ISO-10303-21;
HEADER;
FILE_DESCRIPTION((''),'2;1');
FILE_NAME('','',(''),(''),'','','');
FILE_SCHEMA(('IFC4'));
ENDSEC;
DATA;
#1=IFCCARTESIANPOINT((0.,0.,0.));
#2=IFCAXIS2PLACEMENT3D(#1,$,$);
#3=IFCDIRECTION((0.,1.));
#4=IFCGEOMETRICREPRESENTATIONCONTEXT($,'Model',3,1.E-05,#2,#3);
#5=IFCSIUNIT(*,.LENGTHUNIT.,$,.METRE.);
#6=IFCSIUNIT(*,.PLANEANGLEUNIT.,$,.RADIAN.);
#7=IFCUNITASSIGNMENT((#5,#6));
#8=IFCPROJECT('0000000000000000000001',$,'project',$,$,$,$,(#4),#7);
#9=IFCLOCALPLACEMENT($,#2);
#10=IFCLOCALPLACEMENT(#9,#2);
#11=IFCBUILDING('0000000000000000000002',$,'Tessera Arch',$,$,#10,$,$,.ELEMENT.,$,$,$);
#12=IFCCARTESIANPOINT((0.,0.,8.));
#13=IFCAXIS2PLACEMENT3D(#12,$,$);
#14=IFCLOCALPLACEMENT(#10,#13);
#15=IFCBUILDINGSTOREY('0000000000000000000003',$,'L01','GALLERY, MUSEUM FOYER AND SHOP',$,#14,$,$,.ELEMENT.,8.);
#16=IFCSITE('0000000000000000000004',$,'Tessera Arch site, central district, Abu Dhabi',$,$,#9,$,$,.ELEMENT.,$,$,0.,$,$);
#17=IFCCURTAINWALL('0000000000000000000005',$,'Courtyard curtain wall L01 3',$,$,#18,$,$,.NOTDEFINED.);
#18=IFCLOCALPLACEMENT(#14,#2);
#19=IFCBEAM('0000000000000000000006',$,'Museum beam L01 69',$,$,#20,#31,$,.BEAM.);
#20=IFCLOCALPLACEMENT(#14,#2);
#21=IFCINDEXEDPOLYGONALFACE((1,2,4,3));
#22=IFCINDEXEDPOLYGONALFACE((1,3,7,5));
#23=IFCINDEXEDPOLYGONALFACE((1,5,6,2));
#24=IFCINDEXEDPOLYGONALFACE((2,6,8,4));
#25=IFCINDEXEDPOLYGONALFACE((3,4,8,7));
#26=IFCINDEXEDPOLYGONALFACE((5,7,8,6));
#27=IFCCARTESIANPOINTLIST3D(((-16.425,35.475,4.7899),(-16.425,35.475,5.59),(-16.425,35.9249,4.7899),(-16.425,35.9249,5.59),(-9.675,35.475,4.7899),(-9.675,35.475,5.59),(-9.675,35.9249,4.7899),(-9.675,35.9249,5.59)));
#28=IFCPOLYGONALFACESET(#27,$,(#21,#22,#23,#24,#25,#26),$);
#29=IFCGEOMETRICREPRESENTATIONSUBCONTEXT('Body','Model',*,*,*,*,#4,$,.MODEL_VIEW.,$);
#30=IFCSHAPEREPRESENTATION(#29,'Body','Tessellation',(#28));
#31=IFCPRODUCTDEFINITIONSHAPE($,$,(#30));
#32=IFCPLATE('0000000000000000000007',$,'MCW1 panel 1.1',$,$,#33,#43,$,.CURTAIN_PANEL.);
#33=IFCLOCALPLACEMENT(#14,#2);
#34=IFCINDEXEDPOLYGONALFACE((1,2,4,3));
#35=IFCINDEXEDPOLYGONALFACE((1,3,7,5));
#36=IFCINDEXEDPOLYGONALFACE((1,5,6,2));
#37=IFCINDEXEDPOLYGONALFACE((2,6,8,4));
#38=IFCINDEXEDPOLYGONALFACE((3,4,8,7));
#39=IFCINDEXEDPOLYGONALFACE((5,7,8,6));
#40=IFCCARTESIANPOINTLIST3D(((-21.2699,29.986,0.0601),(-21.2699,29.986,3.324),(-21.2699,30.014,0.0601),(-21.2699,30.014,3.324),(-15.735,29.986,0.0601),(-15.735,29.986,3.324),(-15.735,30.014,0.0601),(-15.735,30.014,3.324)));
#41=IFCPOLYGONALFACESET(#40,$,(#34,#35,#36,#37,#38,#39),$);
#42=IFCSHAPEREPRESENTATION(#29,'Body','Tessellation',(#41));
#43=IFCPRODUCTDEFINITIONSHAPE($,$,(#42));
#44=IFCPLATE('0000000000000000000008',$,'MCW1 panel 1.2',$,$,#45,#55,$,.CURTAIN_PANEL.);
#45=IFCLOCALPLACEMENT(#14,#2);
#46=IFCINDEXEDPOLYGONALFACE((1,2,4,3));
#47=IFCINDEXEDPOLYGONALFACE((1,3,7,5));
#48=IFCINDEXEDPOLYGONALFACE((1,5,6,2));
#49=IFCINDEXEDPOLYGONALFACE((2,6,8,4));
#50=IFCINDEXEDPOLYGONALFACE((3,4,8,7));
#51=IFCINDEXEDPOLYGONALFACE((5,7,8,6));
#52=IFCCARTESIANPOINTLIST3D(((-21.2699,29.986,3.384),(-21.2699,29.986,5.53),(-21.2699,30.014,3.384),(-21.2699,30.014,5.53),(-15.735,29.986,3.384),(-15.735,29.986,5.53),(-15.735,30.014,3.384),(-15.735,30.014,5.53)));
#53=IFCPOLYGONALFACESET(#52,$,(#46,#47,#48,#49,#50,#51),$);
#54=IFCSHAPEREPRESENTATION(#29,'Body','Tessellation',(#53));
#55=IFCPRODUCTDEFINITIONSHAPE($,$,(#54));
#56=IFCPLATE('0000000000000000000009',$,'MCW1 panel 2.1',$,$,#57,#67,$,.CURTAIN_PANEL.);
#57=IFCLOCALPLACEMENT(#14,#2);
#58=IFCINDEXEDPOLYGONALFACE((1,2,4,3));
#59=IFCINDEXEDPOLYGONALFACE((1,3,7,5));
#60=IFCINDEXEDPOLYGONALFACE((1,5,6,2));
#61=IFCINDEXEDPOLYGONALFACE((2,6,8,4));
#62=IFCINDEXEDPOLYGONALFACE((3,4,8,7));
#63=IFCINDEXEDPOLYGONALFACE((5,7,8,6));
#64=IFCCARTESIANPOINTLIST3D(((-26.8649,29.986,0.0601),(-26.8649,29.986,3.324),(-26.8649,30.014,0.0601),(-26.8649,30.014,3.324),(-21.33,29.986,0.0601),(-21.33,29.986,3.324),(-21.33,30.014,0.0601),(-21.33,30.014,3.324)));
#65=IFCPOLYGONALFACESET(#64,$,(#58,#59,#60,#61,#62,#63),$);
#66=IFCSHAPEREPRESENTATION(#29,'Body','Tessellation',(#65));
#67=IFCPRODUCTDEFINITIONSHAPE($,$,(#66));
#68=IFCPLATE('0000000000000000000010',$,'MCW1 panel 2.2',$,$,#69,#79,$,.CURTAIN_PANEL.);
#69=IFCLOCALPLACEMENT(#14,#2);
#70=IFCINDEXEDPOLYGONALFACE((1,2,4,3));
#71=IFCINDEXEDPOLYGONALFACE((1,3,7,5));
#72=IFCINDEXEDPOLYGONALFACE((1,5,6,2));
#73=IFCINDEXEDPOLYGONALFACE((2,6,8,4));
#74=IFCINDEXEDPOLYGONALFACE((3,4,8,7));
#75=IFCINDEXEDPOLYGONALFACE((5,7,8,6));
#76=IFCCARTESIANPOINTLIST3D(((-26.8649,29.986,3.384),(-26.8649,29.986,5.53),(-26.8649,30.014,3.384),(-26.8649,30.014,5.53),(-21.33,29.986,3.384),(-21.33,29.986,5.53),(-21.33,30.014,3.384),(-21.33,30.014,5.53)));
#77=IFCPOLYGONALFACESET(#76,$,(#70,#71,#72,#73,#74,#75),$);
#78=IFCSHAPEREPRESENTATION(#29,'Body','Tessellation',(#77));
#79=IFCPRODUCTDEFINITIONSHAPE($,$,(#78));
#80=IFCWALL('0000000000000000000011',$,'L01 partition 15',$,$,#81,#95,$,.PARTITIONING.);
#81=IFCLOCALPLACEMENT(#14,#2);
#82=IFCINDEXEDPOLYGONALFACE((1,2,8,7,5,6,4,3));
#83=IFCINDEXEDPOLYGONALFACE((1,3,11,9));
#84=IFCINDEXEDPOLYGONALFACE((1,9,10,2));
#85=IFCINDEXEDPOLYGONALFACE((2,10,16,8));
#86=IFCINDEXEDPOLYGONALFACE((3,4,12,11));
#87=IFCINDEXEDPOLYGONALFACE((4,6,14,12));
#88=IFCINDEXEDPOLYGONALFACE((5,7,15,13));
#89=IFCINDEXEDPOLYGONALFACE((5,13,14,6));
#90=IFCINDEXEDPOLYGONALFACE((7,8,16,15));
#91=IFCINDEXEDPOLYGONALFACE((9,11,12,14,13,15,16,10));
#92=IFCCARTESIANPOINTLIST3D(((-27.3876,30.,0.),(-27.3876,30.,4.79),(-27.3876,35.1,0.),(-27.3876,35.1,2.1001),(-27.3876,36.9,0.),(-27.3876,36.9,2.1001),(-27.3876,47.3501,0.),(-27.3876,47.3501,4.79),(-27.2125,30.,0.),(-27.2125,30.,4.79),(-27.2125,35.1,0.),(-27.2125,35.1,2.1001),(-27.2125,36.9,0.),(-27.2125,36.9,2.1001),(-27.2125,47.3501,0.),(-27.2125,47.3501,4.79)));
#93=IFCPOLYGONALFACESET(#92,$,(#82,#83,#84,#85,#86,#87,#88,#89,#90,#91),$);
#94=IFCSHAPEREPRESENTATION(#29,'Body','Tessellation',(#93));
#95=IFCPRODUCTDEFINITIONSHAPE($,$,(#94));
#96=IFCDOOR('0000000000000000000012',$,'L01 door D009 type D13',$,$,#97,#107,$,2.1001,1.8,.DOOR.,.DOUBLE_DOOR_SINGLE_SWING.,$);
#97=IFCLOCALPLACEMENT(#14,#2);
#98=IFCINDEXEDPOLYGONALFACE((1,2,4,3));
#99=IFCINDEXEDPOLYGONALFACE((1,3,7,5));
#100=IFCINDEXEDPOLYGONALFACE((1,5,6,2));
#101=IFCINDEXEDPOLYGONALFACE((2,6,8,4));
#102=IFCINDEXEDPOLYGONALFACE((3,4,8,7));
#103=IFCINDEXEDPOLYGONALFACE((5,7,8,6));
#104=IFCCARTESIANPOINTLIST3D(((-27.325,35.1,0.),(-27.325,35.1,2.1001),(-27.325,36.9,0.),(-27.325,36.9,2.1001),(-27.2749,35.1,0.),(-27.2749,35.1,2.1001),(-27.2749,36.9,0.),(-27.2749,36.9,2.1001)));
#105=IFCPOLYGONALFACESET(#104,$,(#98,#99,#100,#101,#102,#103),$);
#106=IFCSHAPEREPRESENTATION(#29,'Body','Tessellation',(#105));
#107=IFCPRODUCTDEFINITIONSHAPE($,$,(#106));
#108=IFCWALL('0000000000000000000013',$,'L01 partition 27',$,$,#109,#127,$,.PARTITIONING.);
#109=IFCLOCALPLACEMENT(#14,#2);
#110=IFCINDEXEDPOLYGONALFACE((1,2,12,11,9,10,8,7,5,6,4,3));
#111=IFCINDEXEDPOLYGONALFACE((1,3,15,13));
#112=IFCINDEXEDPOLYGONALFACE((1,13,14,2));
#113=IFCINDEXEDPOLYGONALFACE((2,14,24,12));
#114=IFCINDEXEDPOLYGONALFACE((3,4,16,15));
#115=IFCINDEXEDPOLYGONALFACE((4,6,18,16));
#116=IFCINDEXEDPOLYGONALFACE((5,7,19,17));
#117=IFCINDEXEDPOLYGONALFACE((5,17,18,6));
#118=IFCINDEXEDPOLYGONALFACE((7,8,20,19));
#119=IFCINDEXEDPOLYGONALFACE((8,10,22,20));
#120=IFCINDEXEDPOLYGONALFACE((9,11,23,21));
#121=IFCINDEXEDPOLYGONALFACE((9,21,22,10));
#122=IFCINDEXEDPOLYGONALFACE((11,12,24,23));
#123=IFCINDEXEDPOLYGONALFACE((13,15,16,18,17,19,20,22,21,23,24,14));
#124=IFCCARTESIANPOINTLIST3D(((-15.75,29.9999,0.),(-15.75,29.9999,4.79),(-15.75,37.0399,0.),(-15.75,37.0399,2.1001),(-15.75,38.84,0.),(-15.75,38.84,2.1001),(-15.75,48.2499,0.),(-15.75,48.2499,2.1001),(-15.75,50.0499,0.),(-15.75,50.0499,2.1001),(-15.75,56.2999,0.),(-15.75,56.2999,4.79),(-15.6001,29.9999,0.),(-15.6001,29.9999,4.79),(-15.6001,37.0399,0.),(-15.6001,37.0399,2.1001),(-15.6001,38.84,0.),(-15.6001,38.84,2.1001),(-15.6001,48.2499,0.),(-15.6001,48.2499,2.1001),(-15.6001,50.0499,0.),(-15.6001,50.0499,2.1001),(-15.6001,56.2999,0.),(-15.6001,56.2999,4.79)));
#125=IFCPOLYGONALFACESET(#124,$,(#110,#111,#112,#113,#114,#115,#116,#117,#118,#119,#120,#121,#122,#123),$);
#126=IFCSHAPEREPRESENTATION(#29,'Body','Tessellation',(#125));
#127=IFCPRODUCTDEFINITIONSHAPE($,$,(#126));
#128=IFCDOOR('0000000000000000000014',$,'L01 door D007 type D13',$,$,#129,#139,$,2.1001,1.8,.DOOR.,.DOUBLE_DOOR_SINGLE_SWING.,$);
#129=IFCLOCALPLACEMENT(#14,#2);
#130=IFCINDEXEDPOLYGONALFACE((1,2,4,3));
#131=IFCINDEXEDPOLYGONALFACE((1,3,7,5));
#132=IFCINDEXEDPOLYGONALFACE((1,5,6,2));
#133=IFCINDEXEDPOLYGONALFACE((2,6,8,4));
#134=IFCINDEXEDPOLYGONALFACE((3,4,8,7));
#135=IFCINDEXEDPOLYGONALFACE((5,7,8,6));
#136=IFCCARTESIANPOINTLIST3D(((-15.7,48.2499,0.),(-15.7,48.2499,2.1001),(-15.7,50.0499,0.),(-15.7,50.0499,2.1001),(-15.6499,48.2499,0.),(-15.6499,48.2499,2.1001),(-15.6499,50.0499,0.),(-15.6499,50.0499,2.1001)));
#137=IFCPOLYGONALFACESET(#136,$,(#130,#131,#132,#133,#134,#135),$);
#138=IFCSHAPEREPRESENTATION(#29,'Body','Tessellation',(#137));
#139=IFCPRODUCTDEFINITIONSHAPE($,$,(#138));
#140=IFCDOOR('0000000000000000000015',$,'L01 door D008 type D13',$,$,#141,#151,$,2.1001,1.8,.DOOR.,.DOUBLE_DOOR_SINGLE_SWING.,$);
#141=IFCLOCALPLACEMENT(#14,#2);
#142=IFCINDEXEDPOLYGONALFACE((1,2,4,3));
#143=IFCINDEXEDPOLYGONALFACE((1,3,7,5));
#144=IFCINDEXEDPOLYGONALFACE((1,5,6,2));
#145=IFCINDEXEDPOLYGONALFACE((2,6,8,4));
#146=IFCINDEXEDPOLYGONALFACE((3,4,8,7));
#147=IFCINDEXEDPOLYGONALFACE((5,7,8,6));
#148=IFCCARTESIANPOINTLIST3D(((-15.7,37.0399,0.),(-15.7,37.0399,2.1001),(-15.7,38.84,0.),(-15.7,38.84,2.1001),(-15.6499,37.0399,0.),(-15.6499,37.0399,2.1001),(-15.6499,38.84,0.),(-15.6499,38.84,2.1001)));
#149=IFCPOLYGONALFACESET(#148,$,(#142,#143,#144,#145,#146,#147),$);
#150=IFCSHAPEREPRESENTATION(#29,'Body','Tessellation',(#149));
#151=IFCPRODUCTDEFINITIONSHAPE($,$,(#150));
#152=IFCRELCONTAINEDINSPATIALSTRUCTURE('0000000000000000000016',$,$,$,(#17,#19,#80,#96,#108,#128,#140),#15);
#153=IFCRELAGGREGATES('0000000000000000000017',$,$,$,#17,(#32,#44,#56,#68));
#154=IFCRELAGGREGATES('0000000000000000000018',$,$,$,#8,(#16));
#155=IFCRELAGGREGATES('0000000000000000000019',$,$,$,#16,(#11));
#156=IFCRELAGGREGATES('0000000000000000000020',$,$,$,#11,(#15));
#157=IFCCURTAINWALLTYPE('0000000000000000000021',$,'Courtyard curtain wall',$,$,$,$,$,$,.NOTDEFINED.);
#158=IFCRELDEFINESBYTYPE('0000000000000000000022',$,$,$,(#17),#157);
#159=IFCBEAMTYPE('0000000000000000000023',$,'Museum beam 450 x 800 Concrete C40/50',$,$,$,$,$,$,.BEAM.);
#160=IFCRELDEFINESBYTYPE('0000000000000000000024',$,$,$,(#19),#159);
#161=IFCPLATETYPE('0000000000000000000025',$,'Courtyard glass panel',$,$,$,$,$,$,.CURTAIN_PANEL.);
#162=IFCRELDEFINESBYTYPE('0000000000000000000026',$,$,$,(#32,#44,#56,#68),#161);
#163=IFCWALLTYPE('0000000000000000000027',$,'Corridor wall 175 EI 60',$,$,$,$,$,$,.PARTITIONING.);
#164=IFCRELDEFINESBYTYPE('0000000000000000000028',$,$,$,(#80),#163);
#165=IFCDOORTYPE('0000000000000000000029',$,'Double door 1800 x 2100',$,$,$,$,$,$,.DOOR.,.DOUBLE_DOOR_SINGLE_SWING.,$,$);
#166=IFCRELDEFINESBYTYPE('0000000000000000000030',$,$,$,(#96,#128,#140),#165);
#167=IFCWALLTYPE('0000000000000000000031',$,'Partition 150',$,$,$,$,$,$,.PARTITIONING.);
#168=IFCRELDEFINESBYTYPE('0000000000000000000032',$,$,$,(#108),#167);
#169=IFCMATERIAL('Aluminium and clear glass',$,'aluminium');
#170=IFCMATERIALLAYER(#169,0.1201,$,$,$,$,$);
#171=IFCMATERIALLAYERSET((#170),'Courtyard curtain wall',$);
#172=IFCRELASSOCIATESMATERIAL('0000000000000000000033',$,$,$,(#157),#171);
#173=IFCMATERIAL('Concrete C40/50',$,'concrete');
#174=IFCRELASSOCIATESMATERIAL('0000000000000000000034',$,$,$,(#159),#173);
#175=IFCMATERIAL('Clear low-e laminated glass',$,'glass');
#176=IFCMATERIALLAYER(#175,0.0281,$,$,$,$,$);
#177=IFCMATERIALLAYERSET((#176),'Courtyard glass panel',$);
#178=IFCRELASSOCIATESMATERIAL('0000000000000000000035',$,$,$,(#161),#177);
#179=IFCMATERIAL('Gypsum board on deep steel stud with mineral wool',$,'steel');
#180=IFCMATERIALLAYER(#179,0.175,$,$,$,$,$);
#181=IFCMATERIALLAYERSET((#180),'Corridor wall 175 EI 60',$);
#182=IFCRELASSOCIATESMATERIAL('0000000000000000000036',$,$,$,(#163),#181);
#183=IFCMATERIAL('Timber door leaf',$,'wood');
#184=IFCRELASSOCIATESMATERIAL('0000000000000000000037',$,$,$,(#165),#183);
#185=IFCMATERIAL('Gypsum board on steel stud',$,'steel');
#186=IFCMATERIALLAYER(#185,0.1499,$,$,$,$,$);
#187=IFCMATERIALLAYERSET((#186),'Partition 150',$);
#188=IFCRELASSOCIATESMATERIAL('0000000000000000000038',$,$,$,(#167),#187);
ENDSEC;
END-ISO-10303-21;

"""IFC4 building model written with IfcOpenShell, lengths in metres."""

from ifc_helpers import new_model, si_unit, direction, frame, frame_2d, origin, origin_2d, place, context, subcontext, project, spatial, rectangle, extrude, material, layer, layer_set, material_profile, profile_set, type_object, element, fill, aggregate, save


model = new_model("IFC4")

# Units and contexts
model_context = context("Model", 3, precision=1e-05, world=origin(), true_north=direction((0.0, 1.0)))
body_context = subcontext(model_context, "Body", "Model", "MODEL_VIEW")
ifc_project = project(units=[si_unit("LENGTHUNIT", "METRE"), si_unit("PLANEANGLEUNIT", "RADIAN")], contexts=[model_context])

# Site, building, storey
site_placement = place(None, origin())
site = spatial("IfcSite", under=ifc_project, at=site_placement, Name="Tessera Arch site, central district, Abu Dhabi", CompositionType="ELEMENT", RefElevation=0.0)
building_placement = place(site_placement, origin())
building = spatial("IfcBuilding", under=site, at=building_placement, Name="Tessera Arch", CompositionType="ELEMENT")
storey_placement = place(building_placement, frame((0.0, 0.0, 8.0)))
storey = spatial("IfcBuildingStorey", under=building, at=storey_placement, Name="L01", Description="GALLERY, MUSEUM FOYER AND SHOP", CompositionType="ELEMENT", Elevation=8.0)

# Curtain wall
ifc_material_1 = material(Name="Aluminium and clear glass", Category="aluminium")
ifc_layer_1 = layer(ifc_material_1, 0.1201)
ifc_layer_set_1 = layer_set([ifc_layer_1], Name="Courtyard curtain wall")
curtain_wall_type = type_object("IfcCurtainWallType", Name="Courtyard curtain wall", PredefinedType="NOTDEFINED", material=ifc_layer_set_1)
curtain_wall_placement = place(storey_placement, origin())
curtain_wall = element("IfcCurtainWall", 1, at=curtain_wall_placement, inside=storey, type_object=curtain_wall_type, Name="Courtyard curtain wall L01 3", PredefinedType="NOTDEFINED")

# Beam
ifc_material_2 = material(Name="Concrete C40/50", Category="concrete")
ifc_material_profile_1 = material_profile(ifc_material_2, rectangle(XDim=0.45, YDim=0.8, at=origin_2d()), Name="Museum beam 450 x 800 Concrete C40/50")
ifc_profile_set_1 = profile_set([ifc_material_profile_1], Name="Concrete C40/50")
beam_type = type_object("IfcBeamType", Name="Museum beam 450 x 800 Concrete C40/50", PredefinedType="BEAM", material=ifc_profile_set_1)
for number, where, z_axis, x_axis, name in (
    (2, (-16.425, 35.7, 5.1899), (1.0, 0.0, 0.0), (0.0, 1.0, 0.0), "Museum beam L01 69"),
):
    element("IfcBeam", number, at=place(storey_placement, frame(where, z_axis=z_axis, x_axis=x_axis)), inside=storey, type_object=beam_type, Name=name, PredefinedType="BEAM", context=body_context, shape_type="SweptSolid", body=[
        extrude(rectangle(XDim=0.45, YDim=0.8, at=origin_2d()), origin(), (0.0, 0.0, 1.0), 6.75),
    ])

# Plates
ifc_material_3 = material(Name="Clear low-e laminated glass", Category="glass")
ifc_layer_2 = layer(ifc_material_3, 0.0281)
ifc_layer_set_2 = layer_set([ifc_layer_2], Name="Courtyard glass panel")
plate_type = type_object("IfcPlateType", Name="Courtyard glass panel", PredefinedType="CURTAIN_PANEL", material=ifc_layer_set_2)
plate_1_placement = place(storey_placement, frame((-18.5024, 30.0, 0.0601), z_axis=(0.0, 0.0, 1.0), x_axis=(-1.0, 0.0, 0.0)))
plate_1 = element("IfcPlate", 3, at=plate_1_placement, type_object=plate_type, Name="MCW1 panel 1.1", PredefinedType="CURTAIN_PANEL", context=body_context, shape_type="SweptSolid", body=[
    extrude(rectangle(XDim=5.5349, YDim=0.0281, at=origin_2d()), origin(), (0.0, 0.0, 1.0), 3.2639),
])
plate_2_placement = place(storey_placement, frame((-18.5024, 30.0, 3.384), z_axis=(0.0, 0.0, 1.0), x_axis=(-1.0, 0.0, 0.0)))
plate_2 = element("IfcPlate", 4, at=plate_2_placement, type_object=plate_type, Name="MCW1 panel 1.2", PredefinedType="CURTAIN_PANEL", context=body_context, shape_type="SweptSolid", body=[
    extrude(rectangle(XDim=5.5349, YDim=0.0281, at=origin_2d()), origin(), (0.0, 0.0, 1.0), 2.146),
])
plate_3_placement = place(storey_placement, frame((-24.0974, 30.0, 0.0601), z_axis=(0.0, 0.0, 1.0), x_axis=(-1.0, 0.0, 0.0)))
plate_3 = element("IfcPlate", 5, at=plate_3_placement, type_object=plate_type, Name="MCW1 panel 2.1", PredefinedType="CURTAIN_PANEL", context=body_context, shape_type="SweptSolid", body=[
    extrude(rectangle(XDim=5.5349, YDim=0.0281, at=origin_2d()), origin(), (0.0, 0.0, 1.0), 3.2639),
])
plate_4_placement = place(storey_placement, frame((-24.0974, 30.0, 3.384), z_axis=(0.0, 0.0, 1.0), x_axis=(-1.0, 0.0, 0.0)))
plate_4 = element("IfcPlate", 6, at=plate_4_placement, type_object=plate_type, Name="MCW1 panel 2.2", PredefinedType="CURTAIN_PANEL", context=body_context, shape_type="SweptSolid", body=[
    extrude(rectangle(XDim=5.5349, YDim=0.0281, at=origin_2d()), origin(), (0.0, 0.0, 1.0), 2.146),
])
aggregate(curtain_wall, [plate_1, plate_2, plate_3, plate_4])

# Wall, opening, door
ifc_material_4 = material(Name="Gypsum board on deep steel stud with mineral wool", Category="steel")
ifc_layer_3 = layer(ifc_material_4, 0.175)
ifc_layer_set_3 = layer_set([ifc_layer_3], Name="Corridor wall 175 EI 60")
wall_type_1 = type_object("IfcWallType", Name="Corridor wall 175 EI 60", PredefinedType="PARTITIONING", material=ifc_layer_set_3)
wall_1_placement = place(storey_placement, frame((-27.3, 30.0, 0.0), z_axis=(0.0, 0.0, 1.0), x_axis=(0.0, 1.0, 0.0)))
wall_1 = element("IfcWall", 7, at=wall_1_placement, inside=storey, type_object=wall_type_1, Name="L01 partition 15", PredefinedType="PARTITIONING", context=body_context, shape_type="SweptSolid", body=[
    extrude(rectangle(XDim=17.3501, YDim=0.175, at=frame_2d((8.675, 0.0))), origin(), (0.0, 0.0, 1.0), 4.79),
])
opening_1_placement = place(wall_1_placement, frame((5.1001, 0.0, 0.0)))
opening_1 = element("IfcOpeningElement", 8, at=opening_1_placement, cuts=wall_1, PredefinedType="OPENING", context=body_context, shape_type="SweptSolid", body=[
    extrude(rectangle(XDim=1.8, YDim=2.1001, at=frame_2d((0.8999, 1.05))), frame((0.0, 0.0974, 0.0), z_axis=(0.0, -1.0, 0.0), x_axis=(1.0, 0.0, 0.0)), (0.0, 0.0, 1.0), 0.1951),
])
ifc_material_5 = material(Name="Timber door leaf", Category="wood")
door_type = type_object("IfcDoorType", Name="Double door 1800 x 2100", OperationType="DOUBLE_DOOR_SINGLE_SWING", PredefinedType="DOOR", material=ifc_material_5)
door_1_placement = place(opening_1_placement, origin())
door_1 = element("IfcDoor", 9, at=door_1_placement, inside=storey, type_object=door_type, Name="L01 door D009 type D13", OperationType="DOUBLE_DOOR_SINGLE_SWING", OverallHeight=2.1001, OverallWidth=1.8, PredefinedType="DOOR", context=body_context, shape_type="SweptSolid", body=[
    extrude(rectangle(XDim=1.8, YDim=2.1001, at=frame_2d((0.8999, 1.05))), frame((0.0, 0.0249, 0.0), z_axis=(0.0, -1.0, 0.0), x_axis=(1.0, 0.0, 0.0)), (0.0, 0.0, 1.0), 0.05),
])
fill(opening_1, door_1)

# Wall, openings, doors
ifc_material_6 = material(Name="Gypsum board on steel stud", Category="steel")
ifc_layer_4 = layer(ifc_material_6, 0.1499)
ifc_layer_set_4 = layer_set([ifc_layer_4], Name="Partition 150")
wall_type_2 = type_object("IfcWallType", Name="Partition 150", PredefinedType="PARTITIONING", material=ifc_layer_set_4)
wall_2_placement = place(storey_placement, frame((-15.675, 30.0, 0.0), z_axis=(0.0, 0.0, 1.0), x_axis=(0.0, 1.0, 0.0)))
wall_2 = element("IfcWall", 10, at=wall_2_placement, inside=storey, type_object=wall_type_2, Name="L01 partition 27", PredefinedType="PARTITIONING", context=body_context, shape_type="SweptSolid", body=[
    extrude(rectangle(XDim=26.3, YDim=0.1499, at=frame_2d((13.1499, 0.0))), origin(), (0.0, 0.0, 1.0), 4.79),
])
opening_2_placement = place(wall_2_placement, frame((18.25, 0.0, 0.0)))
opening_2 = element("IfcOpeningElement", 11, at=opening_2_placement, cuts=wall_2, PredefinedType="OPENING", context=body_context, shape_type="SweptSolid", body=[
    extrude(rectangle(XDim=1.8, YDim=2.1001, at=frame_2d((0.8999, 1.05))), frame((0.0, 0.085, 0.0), z_axis=(0.0, -1.0, 0.0), x_axis=(1.0, 0.0, 0.0)), (0.0, 0.0, 1.0), 0.1699),
])
opening_3_placement = place(wall_2_placement, frame((7.04, 0.0, 0.0)))
opening_3 = element("IfcOpeningElement", 12, at=opening_3_placement, cuts=wall_2, PredefinedType="OPENING", context=body_context, shape_type="SweptSolid", body=[
    extrude(rectangle(XDim=1.8, YDim=2.1001, at=frame_2d((0.8999, 1.05))), frame((0.0, 0.085, 0.0), z_axis=(0.0, -1.0, 0.0), x_axis=(1.0, 0.0, 0.0)), (0.0, 0.0, 1.0), 0.1699),
])
door_2_placement = place(opening_2_placement, origin())
door_2 = element("IfcDoor", 13, at=door_2_placement, inside=storey, type_object=door_type, Name="L01 door D007 type D13", OperationType="DOUBLE_DOOR_SINGLE_SWING", OverallHeight=2.1001, OverallWidth=1.8, PredefinedType="DOOR", context=body_context, shape_type="SweptSolid", body=[
    extrude(rectangle(XDim=1.8, YDim=2.1001, at=frame_2d((0.8999, 1.05))), frame((0.0, 0.0249, 0.0), z_axis=(0.0, -1.0, 0.0), x_axis=(1.0, 0.0, 0.0)), (0.0, 0.0, 1.0), 0.05),
])
fill(opening_2, door_2)
door_3_placement = place(opening_3_placement, origin())
door_3 = element("IfcDoor", 14, at=door_3_placement, inside=storey, type_object=door_type, Name="L01 door D008 type D13", OperationType="DOUBLE_DOOR_SINGLE_SWING", OverallHeight=2.1001, OverallWidth=1.8, PredefinedType="DOOR", context=body_context, shape_type="SweptSolid", body=[
    extrude(rectangle(XDim=1.8, YDim=2.1001, at=frame_2d((0.8999, 1.05))), frame((0.0, 0.0249, 0.0), z_axis=(0.0, -1.0, 0.0), x_axis=(1.0, 0.0, 0.0)), (0.0, 0.0, 1.0), 0.05),
])
fill(opening_3, door_3)

save(model, "model.ifc")
